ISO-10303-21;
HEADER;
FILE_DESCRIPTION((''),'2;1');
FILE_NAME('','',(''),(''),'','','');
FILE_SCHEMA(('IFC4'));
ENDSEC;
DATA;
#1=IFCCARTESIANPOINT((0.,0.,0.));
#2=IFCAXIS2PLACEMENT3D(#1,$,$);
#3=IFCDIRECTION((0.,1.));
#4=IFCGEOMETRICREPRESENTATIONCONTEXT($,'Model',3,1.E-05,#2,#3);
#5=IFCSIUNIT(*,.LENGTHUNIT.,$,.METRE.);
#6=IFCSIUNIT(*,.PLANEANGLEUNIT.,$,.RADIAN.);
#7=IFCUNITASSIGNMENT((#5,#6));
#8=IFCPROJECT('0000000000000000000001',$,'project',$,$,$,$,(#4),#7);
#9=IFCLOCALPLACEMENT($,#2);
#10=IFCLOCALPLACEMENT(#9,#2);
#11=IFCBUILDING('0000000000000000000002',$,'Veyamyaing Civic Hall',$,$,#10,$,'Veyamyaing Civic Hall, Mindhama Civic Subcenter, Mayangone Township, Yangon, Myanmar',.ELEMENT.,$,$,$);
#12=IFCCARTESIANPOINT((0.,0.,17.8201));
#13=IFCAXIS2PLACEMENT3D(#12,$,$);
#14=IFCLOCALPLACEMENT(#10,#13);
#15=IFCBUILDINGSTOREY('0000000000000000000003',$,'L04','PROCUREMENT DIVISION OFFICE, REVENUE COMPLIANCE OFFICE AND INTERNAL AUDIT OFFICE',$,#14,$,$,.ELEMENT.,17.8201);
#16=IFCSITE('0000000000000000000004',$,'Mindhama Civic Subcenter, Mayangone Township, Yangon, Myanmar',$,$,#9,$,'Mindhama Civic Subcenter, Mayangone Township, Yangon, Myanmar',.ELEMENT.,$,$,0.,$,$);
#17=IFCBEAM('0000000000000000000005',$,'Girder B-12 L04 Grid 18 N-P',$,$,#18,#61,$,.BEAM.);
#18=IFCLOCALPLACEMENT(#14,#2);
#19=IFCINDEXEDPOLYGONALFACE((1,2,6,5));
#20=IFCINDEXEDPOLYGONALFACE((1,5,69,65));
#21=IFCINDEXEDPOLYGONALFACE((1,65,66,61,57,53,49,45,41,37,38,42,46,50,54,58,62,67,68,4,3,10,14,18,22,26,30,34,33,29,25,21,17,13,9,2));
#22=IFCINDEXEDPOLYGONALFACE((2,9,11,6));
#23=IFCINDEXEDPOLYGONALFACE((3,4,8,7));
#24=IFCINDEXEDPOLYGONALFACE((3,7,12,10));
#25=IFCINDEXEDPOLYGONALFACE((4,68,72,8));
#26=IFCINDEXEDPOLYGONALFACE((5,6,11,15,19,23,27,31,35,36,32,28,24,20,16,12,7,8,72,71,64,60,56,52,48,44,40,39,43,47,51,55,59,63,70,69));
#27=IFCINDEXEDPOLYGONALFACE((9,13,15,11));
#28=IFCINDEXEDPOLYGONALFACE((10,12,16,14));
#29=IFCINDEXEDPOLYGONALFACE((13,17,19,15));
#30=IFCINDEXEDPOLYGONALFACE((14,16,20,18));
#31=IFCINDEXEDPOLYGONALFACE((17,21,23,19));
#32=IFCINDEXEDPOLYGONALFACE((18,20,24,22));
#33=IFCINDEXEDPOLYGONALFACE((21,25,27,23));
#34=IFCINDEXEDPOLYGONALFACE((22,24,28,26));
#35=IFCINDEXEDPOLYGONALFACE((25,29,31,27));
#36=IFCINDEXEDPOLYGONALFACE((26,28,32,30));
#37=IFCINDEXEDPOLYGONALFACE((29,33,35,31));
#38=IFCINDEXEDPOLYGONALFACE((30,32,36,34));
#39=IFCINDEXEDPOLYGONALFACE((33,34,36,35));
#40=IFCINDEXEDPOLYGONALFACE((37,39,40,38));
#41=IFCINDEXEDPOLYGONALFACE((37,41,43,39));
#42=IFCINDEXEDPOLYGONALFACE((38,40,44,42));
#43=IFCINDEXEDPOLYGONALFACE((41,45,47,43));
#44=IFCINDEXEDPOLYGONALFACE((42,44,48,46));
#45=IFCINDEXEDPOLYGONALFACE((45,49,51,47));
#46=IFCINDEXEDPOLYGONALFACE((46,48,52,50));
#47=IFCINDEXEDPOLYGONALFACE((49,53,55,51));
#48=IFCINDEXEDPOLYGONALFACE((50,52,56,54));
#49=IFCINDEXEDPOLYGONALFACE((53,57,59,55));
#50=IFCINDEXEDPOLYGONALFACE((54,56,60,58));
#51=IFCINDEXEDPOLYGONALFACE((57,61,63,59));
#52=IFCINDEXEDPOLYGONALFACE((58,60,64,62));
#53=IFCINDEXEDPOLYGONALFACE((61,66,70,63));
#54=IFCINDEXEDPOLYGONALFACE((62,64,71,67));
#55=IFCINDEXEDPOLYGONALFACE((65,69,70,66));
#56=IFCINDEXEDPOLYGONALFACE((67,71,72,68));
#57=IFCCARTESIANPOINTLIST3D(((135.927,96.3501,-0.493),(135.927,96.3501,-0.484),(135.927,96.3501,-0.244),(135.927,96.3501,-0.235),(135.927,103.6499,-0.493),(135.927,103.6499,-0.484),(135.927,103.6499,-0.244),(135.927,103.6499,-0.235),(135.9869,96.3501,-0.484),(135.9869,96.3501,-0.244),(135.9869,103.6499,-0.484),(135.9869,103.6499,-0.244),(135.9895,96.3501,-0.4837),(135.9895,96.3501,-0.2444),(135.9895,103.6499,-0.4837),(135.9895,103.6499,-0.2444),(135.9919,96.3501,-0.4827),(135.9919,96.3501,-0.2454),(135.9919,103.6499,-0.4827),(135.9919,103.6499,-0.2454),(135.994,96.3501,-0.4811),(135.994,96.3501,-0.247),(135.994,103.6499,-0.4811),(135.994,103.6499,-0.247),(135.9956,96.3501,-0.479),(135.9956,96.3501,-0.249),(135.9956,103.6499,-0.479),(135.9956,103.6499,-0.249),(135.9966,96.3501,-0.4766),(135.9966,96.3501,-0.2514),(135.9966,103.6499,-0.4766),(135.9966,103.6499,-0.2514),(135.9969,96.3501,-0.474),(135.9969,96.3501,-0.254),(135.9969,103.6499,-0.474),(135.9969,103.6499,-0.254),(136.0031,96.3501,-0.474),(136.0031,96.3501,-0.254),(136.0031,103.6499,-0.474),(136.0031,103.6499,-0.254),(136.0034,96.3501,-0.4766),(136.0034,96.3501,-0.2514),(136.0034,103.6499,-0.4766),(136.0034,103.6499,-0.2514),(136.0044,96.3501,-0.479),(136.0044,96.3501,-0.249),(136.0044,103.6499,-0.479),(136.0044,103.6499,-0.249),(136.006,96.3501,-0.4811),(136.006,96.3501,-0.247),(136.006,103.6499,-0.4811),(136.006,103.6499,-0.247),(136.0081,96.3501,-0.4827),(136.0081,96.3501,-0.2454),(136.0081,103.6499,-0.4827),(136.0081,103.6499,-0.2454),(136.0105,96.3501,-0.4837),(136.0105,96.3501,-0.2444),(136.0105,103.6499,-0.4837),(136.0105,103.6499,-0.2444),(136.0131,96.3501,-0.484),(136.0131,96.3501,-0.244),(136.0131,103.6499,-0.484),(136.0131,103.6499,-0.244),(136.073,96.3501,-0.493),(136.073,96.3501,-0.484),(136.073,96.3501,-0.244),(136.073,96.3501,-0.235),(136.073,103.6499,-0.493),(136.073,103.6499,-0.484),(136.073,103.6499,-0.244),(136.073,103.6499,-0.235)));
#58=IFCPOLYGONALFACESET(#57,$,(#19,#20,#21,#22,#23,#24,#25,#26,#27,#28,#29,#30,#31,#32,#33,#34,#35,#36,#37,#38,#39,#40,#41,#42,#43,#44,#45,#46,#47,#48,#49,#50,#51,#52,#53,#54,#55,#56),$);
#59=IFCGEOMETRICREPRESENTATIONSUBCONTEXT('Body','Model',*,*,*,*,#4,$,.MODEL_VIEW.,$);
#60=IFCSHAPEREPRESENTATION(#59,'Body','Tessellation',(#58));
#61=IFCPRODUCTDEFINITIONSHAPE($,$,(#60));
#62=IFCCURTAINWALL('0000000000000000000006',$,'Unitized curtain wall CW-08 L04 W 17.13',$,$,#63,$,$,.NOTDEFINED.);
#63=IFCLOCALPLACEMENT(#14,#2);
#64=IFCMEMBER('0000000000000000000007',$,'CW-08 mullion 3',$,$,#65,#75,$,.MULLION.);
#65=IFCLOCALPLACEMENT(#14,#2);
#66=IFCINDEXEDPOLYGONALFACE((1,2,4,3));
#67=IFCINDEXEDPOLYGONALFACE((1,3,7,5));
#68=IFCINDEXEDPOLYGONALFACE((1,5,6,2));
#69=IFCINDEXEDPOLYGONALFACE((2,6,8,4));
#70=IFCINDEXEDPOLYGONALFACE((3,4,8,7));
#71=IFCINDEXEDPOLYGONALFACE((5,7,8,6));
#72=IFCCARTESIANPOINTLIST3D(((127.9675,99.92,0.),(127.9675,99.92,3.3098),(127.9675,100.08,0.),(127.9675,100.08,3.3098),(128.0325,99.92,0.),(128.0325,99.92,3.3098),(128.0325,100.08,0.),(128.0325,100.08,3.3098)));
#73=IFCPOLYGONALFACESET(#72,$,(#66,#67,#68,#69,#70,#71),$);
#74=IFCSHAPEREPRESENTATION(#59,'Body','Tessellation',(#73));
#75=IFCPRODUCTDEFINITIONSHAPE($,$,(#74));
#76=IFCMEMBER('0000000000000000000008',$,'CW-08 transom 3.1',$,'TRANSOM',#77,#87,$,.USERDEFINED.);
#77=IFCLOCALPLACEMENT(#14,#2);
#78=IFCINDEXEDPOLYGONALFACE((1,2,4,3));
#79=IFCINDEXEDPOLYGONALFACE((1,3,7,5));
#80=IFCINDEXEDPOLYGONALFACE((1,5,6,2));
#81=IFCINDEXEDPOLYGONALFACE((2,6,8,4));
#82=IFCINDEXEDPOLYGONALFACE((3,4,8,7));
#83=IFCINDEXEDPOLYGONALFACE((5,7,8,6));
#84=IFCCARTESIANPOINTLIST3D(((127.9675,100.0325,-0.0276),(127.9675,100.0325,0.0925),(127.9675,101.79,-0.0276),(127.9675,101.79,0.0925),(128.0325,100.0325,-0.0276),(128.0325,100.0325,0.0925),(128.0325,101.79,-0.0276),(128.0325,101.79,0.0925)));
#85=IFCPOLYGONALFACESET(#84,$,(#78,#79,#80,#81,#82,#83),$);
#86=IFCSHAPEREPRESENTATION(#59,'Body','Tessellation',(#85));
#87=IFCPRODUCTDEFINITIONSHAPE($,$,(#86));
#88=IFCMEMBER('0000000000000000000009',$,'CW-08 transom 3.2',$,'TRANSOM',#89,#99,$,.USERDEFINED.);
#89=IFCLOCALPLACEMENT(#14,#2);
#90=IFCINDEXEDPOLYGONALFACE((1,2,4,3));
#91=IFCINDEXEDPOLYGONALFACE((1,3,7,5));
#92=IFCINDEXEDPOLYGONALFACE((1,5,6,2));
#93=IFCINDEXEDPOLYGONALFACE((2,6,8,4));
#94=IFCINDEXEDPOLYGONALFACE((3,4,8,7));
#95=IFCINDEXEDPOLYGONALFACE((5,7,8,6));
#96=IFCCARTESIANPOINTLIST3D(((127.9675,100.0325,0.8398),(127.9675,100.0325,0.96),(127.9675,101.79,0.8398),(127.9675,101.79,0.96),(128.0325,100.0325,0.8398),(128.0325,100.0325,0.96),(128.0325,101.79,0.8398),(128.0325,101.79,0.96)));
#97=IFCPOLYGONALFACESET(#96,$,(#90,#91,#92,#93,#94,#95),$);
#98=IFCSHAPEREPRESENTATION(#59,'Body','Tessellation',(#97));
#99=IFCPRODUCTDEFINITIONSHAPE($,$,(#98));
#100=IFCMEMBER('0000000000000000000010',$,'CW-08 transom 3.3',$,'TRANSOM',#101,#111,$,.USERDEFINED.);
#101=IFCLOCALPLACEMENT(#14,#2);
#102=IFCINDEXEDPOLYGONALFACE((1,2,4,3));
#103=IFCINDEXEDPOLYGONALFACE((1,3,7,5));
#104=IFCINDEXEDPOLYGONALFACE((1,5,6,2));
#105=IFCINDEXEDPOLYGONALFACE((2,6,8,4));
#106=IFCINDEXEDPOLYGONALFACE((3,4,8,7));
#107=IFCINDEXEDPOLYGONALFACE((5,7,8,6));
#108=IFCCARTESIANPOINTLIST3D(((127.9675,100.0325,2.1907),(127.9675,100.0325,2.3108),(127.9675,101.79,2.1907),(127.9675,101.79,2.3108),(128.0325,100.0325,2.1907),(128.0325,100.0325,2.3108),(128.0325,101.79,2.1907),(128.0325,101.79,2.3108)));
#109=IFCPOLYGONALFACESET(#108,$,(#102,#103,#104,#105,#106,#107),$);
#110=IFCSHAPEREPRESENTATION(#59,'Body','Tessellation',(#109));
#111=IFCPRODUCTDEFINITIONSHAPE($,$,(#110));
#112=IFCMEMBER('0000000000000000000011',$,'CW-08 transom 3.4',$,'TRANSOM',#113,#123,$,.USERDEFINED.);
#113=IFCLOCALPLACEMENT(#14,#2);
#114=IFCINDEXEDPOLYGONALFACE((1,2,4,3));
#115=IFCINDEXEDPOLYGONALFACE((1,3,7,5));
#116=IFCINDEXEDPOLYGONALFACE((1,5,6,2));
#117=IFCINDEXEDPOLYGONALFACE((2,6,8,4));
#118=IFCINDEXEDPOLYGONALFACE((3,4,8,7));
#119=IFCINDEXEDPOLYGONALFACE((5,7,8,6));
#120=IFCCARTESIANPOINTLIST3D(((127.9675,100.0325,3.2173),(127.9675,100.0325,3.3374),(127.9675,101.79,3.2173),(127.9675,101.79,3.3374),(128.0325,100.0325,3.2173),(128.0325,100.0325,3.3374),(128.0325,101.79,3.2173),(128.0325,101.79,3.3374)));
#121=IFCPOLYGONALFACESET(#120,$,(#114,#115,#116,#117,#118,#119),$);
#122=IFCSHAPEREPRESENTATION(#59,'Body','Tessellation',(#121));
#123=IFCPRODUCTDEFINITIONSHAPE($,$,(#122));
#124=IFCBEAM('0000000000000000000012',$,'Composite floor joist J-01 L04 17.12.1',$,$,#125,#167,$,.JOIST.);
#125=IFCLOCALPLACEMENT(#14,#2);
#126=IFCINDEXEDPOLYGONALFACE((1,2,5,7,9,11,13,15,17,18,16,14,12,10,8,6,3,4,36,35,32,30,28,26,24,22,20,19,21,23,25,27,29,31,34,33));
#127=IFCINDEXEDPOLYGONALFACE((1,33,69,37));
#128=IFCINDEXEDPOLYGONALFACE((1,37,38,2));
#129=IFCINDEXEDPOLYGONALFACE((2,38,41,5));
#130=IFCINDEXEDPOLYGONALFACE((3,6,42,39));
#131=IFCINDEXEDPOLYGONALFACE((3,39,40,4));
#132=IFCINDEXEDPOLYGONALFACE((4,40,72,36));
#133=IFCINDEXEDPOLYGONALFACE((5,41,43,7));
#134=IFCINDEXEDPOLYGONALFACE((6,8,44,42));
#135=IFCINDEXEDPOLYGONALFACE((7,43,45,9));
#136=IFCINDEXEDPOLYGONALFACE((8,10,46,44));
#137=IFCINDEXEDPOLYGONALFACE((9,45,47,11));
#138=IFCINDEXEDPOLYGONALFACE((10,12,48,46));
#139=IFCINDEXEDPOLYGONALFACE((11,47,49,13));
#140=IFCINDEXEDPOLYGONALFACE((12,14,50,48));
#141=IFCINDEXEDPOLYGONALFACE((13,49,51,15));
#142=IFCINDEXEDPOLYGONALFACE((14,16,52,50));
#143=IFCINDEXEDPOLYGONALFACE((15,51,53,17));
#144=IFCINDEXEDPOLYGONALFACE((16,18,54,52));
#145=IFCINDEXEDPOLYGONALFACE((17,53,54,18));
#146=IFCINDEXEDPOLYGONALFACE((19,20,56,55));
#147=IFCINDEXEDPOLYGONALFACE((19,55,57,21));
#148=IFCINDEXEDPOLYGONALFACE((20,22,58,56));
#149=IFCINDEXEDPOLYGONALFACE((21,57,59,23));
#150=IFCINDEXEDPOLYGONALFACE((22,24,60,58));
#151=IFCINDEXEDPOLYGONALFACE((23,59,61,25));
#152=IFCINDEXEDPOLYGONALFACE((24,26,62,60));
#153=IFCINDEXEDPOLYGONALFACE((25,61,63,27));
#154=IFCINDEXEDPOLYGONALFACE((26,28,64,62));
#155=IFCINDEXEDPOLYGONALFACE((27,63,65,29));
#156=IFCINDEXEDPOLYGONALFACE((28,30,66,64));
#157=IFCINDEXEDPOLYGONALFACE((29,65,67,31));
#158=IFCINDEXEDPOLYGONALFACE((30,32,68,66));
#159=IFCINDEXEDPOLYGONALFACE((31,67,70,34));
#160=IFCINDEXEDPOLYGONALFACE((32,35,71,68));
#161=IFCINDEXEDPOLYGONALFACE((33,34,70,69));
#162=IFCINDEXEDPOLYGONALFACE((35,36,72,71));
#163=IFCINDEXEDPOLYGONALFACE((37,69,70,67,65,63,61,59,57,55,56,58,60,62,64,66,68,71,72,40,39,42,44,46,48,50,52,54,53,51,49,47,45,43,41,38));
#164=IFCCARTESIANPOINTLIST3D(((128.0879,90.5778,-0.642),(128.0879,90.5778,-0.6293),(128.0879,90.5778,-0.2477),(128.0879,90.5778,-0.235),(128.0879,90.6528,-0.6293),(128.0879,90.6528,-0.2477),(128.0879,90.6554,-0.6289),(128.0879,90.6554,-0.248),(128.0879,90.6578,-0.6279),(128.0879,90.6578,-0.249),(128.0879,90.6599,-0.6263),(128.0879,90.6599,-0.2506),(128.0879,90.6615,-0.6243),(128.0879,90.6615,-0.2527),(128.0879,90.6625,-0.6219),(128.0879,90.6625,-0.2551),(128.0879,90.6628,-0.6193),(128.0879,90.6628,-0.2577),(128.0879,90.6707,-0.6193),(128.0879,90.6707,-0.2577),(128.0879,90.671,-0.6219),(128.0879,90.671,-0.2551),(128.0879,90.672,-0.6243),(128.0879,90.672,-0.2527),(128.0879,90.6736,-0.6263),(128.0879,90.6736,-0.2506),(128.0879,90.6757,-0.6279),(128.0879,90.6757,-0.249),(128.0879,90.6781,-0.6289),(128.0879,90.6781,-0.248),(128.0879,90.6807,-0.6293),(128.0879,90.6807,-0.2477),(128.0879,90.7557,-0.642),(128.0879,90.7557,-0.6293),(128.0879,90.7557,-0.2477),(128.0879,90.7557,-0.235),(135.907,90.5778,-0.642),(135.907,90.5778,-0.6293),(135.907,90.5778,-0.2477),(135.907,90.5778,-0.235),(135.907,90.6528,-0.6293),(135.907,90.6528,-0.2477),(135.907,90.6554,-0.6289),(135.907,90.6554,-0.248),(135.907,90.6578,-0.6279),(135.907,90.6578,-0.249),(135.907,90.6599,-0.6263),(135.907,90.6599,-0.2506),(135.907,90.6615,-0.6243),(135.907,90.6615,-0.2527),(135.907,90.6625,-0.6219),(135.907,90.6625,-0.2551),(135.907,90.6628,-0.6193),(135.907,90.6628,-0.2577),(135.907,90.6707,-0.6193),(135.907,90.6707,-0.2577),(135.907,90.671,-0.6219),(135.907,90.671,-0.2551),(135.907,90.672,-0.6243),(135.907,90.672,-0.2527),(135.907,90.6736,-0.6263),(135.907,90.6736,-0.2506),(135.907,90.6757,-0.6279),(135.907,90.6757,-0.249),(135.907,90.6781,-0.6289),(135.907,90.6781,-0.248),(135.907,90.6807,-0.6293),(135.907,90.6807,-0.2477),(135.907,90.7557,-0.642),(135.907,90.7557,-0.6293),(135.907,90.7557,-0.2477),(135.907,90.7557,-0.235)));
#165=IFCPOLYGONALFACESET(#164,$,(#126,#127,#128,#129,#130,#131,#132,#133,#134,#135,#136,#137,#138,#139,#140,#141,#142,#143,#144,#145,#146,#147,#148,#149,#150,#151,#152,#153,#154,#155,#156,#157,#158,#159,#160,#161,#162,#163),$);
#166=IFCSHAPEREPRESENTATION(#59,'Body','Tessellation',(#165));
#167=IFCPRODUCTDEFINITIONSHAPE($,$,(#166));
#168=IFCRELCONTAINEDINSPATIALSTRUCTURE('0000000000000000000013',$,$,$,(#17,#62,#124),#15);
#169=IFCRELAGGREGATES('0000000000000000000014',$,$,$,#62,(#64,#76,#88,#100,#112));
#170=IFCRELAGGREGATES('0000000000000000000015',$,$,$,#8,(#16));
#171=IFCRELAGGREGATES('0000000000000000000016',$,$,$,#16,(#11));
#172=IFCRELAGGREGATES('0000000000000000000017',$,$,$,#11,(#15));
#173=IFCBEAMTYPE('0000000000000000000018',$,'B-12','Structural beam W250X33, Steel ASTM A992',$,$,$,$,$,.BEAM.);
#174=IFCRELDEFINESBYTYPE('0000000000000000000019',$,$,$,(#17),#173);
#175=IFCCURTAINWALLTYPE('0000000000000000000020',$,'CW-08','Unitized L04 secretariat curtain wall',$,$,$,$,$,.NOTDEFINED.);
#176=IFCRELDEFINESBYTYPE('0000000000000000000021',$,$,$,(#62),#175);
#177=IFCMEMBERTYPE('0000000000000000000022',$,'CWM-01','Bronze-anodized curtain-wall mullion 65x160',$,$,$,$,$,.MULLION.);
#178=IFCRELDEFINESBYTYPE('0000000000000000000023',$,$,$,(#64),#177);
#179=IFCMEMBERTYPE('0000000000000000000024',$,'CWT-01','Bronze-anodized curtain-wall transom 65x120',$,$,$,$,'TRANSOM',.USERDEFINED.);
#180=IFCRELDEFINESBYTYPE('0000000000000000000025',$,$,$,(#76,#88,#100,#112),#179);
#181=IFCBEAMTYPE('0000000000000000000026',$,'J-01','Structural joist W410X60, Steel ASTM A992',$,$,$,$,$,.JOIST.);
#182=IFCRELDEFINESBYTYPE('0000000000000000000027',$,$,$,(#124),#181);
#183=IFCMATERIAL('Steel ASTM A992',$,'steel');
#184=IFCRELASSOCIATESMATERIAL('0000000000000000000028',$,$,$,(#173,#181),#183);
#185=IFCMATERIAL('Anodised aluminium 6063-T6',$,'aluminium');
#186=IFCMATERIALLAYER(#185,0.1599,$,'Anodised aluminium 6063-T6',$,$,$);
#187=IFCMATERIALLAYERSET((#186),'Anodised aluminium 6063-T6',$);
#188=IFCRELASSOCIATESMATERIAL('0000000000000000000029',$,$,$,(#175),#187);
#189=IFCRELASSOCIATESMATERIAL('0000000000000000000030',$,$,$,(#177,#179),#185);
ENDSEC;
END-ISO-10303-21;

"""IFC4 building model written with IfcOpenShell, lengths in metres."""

from ifc_helpers import new_model, si_unit, direction, frame, origin, origin_2d, place, context, subcontext, project, spatial, rectangle, i_section, extrude, material, layer, layer_set, material_profile, profile_set, type_object, element, aggregate, save


model = new_model("IFC4")

# Units and contexts
model_context = context("Model", 3, precision=1e-05, world=origin(), true_north=direction((0.0, 1.0)))
body_context = subcontext(model_context, "Body", "Model", "MODEL_VIEW")
ifc_project = project(units=[si_unit("LENGTHUNIT", "METRE"), si_unit("PLANEANGLEUNIT", "RADIAN")], contexts=[model_context])

# Site, building, storey
site_placement = place(None, origin())
site = spatial("IfcSite", under=ifc_project, at=site_placement, Name="Mindhama Civic Subcenter, Mayangone Township, Yangon, Myanmar", LongName="Mindhama Civic Subcenter, Mayangone Township, Yangon, Myanmar", CompositionType="ELEMENT", RefElevation=0.0)
building_placement = place(site_placement, origin())
building = spatial("IfcBuilding", under=site, at=building_placement, Name="Veyamyaing Civic Hall", LongName="Veyamyaing Civic Hall, Mindhama Civic Subcenter, Mayangone Township, Yangon, Myanmar", CompositionType="ELEMENT")
storey_placement = place(building_placement, frame((0.0, 0.0, 17.8201)))
storey = spatial("IfcBuildingStorey", under=building, at=storey_placement, Name="L04", Description="PROCUREMENT DIVISION OFFICE, REVENUE COMPLIANCE OFFICE AND INTERNAL AUDIT OFFICE", CompositionType="ELEMENT", Elevation=17.8201)

# Beam
ifc_material_1 = material(Name="Steel ASTM A992", Category="steel")
ifc_material_profile_1 = material_profile(ifc_material_1, i_section(OverallWidth=0.146, OverallDepth=0.2581, WebThickness=0.0061, FlangeThickness=0.009, FilletRadius=0.01, at=origin_2d()), Name="W250X33")
ifc_profile_set_1 = profile_set([ifc_material_profile_1], Name="Steel ASTM A992")
beam_type_1 = type_object("IfcBeamType", Name="B-12", Description="Structural beam W250X33, Steel ASTM A992", PredefinedType="BEAM", material=ifc_profile_set_1)
beam_1_placement = place(storey_placement, frame((136.0, 96.3501, -0.364), z_axis=(0.0, 1.0, 0.0), x_axis=(-1.0, 0.0, 0.0)))
element("IfcBeam", 1, at=beam_1_placement, inside=storey, type_object=beam_type_1, Name="Girder B-12 L04 Grid 18 N-P", PredefinedType="BEAM", context=body_context, shape_type="SweptSolid", body=[
    extrude(i_section(OverallWidth=0.146, OverallDepth=0.2581, WebThickness=0.0061, FlangeThickness=0.009, FilletRadius=0.01, at=origin_2d()), origin(), (0.0, 0.0, 1.0), 7.2998),
])

# Curtain wall, members
ifc_material_2 = material(Name="Anodised aluminium 6063-T6", Category="aluminium")
ifc_layer_1 = layer(ifc_material_2, 0.1599, Name="Anodised aluminium 6063-T6")
ifc_layer_set_1 = layer_set([ifc_layer_1], Name="Anodised aluminium 6063-T6")
curtain_wall_type = type_object("IfcCurtainWallType", Name="CW-08", Description="Unitized L04 secretariat curtain wall", PredefinedType="NOTDEFINED", material=ifc_layer_set_1)
curtain_wall_placement = place(storey_placement, origin())
curtain_wall = element("IfcCurtainWall", 2, at=curtain_wall_placement, inside=storey, type_object=curtain_wall_type, Name="Unitized curtain wall CW-08 L04 W 17.13", PredefinedType="NOTDEFINED")
ifc_material_profile_2 = material_profile(ifc_material_2, rectangle(XDim=0.0649, YDim=0.1599, at=origin_2d()), Name="ALU-MUL-65X160")
ifc_profile_set_2 = profile_set([ifc_material_profile_2], Name="Anodised aluminium 6063-T6")
member_type_1 = type_object("IfcMemberType", Name="CWM-01", Description="Bronze-anodized curtain-wall mullion 65x160", PredefinedType="MULLION", material=ifc_profile_set_2)
member_1_placement = place(storey_placement, frame((128.0, 100.0, 0.0), z_axis=(0.0, 0.0, 1.0), x_axis=(-1.0, 0.0, 0.0)))
member_1 = element("IfcMember", 3, at=member_1_placement, type_object=member_type_1, Name="CW-08 mullion 3", PredefinedType="MULLION", context=body_context, shape_type="SweptSolid", body=[
    extrude(rectangle(XDim=0.0649, YDim=0.1599, at=origin_2d()), origin(), (0.0, 0.0, 1.0), 3.3098),
])
ifc_material_profile_3 = material_profile(ifc_material_2, rectangle(XDim=0.0649, YDim=0.1201, at=origin_2d()), Name="ALU-TRN-65X120")
ifc_profile_set_3 = profile_set([ifc_material_profile_3], Name="Anodised aluminium 6063-T6")
member_type_2 = type_object("IfcMemberType", Name="CWT-01", Description="Bronze-anodized curtain-wall transom 65x120", ElementType="TRANSOM", PredefinedType="USERDEFINED", material=ifc_profile_set_3)
member_2_placement = place(storey_placement, frame((128.0, 100.0325, 0.0325), z_axis=(0.0, 1.0, 0.0), x_axis=(-1.0, 0.0, 0.0)))
member_2 = element("IfcMember", 4, at=member_2_placement, type_object=member_type_2, Name="CW-08 transom 3.1", ObjectType="TRANSOM", PredefinedType="USERDEFINED", context=body_context, shape_type="SweptSolid", body=[
    extrude(rectangle(XDim=0.0649, YDim=0.1201, at=origin_2d()), origin(), (0.0, 0.0, 1.0), 1.7576),
])
member_3_placement = place(storey_placement, frame((128.0, 100.0325, 0.8999), z_axis=(0.0, 1.0, 0.0), x_axis=(-1.0, 0.0, 0.0)))
member_3 = element("IfcMember", 5, at=member_3_placement, type_object=member_type_2, Name="CW-08 transom 3.2", ObjectType="TRANSOM", PredefinedType="USERDEFINED", context=body_context, shape_type="SweptSolid", body=[
    extrude(rectangle(XDim=0.0649, YDim=0.1201, at=origin_2d()), origin(), (0.0, 0.0, 1.0), 1.7576),
])
member_4_placement = place(storey_placement, frame((128.0, 100.0325, 2.2507), z_axis=(0.0, 1.0, 0.0), x_axis=(-1.0, 0.0, 0.0)))
member_4 = element("IfcMember", 6, at=member_4_placement, type_object=member_type_2, Name="CW-08 transom 3.3", ObjectType="TRANSOM", PredefinedType="USERDEFINED", context=body_context, shape_type="SweptSolid", body=[
    extrude(rectangle(XDim=0.0649, YDim=0.1201, at=origin_2d()), origin(), (0.0, 0.0, 1.0), 1.7576),
])
member_5_placement = place(storey_placement, frame((128.0, 100.0325, 3.2773), z_axis=(0.0, 1.0, 0.0), x_axis=(-1.0, 0.0, 0.0)))
member_5 = element("IfcMember", 7, at=member_5_placement, type_object=member_type_2, Name="CW-08 transom 3.4", ObjectType="TRANSOM", PredefinedType="USERDEFINED", context=body_context, shape_type="SweptSolid", body=[
    extrude(rectangle(XDim=0.0649, YDim=0.1201, at=origin_2d()), origin(), (0.0, 0.0, 1.0), 1.7576),
])

# Beam
ifc_material_profile_4 = material_profile(ifc_material_1, i_section(OverallWidth=0.178, OverallDepth=0.407, WebThickness=0.0078, FlangeThickness=0.0127, FilletRadius=0.01, at=origin_2d()), Name="W410X60")
ifc_profile_set_4 = profile_set([ifc_material_profile_4], Name="Steel ASTM A992")
beam_type_2 = type_object("IfcBeamType", Name="J-01", Description="Structural joist W410X60, Steel ASTM A992", PredefinedType="JOIST", material=ifc_profile_set_4)
for number, where, z_axis, x_axis, name in (
    (8, (128.0879, 90.6667, -0.4385), (1.0, 0.0, 0.0), (0.0, 1.0, 0.0), "Composite floor joist J-01 L04 17.12.1"),
):
    element("IfcBeam", number, at=place(storey_placement, frame(where, z_axis=z_axis, x_axis=x_axis)), inside=storey, type_object=beam_type_2, Name=name, PredefinedType="JOIST", context=body_context, shape_type="SweptSolid", body=[
        extrude(i_section(OverallWidth=0.178, OverallDepth=0.407, WebThickness=0.0078, FlangeThickness=0.0127, FilletRadius=0.01, at=origin_2d()), origin(), (0.0, 0.0, 1.0), 7.8191),
    ])

aggregate(curtain_wall, [member_1, member_2, member_3, member_4, member_5])

save(model, "model.ifc")
